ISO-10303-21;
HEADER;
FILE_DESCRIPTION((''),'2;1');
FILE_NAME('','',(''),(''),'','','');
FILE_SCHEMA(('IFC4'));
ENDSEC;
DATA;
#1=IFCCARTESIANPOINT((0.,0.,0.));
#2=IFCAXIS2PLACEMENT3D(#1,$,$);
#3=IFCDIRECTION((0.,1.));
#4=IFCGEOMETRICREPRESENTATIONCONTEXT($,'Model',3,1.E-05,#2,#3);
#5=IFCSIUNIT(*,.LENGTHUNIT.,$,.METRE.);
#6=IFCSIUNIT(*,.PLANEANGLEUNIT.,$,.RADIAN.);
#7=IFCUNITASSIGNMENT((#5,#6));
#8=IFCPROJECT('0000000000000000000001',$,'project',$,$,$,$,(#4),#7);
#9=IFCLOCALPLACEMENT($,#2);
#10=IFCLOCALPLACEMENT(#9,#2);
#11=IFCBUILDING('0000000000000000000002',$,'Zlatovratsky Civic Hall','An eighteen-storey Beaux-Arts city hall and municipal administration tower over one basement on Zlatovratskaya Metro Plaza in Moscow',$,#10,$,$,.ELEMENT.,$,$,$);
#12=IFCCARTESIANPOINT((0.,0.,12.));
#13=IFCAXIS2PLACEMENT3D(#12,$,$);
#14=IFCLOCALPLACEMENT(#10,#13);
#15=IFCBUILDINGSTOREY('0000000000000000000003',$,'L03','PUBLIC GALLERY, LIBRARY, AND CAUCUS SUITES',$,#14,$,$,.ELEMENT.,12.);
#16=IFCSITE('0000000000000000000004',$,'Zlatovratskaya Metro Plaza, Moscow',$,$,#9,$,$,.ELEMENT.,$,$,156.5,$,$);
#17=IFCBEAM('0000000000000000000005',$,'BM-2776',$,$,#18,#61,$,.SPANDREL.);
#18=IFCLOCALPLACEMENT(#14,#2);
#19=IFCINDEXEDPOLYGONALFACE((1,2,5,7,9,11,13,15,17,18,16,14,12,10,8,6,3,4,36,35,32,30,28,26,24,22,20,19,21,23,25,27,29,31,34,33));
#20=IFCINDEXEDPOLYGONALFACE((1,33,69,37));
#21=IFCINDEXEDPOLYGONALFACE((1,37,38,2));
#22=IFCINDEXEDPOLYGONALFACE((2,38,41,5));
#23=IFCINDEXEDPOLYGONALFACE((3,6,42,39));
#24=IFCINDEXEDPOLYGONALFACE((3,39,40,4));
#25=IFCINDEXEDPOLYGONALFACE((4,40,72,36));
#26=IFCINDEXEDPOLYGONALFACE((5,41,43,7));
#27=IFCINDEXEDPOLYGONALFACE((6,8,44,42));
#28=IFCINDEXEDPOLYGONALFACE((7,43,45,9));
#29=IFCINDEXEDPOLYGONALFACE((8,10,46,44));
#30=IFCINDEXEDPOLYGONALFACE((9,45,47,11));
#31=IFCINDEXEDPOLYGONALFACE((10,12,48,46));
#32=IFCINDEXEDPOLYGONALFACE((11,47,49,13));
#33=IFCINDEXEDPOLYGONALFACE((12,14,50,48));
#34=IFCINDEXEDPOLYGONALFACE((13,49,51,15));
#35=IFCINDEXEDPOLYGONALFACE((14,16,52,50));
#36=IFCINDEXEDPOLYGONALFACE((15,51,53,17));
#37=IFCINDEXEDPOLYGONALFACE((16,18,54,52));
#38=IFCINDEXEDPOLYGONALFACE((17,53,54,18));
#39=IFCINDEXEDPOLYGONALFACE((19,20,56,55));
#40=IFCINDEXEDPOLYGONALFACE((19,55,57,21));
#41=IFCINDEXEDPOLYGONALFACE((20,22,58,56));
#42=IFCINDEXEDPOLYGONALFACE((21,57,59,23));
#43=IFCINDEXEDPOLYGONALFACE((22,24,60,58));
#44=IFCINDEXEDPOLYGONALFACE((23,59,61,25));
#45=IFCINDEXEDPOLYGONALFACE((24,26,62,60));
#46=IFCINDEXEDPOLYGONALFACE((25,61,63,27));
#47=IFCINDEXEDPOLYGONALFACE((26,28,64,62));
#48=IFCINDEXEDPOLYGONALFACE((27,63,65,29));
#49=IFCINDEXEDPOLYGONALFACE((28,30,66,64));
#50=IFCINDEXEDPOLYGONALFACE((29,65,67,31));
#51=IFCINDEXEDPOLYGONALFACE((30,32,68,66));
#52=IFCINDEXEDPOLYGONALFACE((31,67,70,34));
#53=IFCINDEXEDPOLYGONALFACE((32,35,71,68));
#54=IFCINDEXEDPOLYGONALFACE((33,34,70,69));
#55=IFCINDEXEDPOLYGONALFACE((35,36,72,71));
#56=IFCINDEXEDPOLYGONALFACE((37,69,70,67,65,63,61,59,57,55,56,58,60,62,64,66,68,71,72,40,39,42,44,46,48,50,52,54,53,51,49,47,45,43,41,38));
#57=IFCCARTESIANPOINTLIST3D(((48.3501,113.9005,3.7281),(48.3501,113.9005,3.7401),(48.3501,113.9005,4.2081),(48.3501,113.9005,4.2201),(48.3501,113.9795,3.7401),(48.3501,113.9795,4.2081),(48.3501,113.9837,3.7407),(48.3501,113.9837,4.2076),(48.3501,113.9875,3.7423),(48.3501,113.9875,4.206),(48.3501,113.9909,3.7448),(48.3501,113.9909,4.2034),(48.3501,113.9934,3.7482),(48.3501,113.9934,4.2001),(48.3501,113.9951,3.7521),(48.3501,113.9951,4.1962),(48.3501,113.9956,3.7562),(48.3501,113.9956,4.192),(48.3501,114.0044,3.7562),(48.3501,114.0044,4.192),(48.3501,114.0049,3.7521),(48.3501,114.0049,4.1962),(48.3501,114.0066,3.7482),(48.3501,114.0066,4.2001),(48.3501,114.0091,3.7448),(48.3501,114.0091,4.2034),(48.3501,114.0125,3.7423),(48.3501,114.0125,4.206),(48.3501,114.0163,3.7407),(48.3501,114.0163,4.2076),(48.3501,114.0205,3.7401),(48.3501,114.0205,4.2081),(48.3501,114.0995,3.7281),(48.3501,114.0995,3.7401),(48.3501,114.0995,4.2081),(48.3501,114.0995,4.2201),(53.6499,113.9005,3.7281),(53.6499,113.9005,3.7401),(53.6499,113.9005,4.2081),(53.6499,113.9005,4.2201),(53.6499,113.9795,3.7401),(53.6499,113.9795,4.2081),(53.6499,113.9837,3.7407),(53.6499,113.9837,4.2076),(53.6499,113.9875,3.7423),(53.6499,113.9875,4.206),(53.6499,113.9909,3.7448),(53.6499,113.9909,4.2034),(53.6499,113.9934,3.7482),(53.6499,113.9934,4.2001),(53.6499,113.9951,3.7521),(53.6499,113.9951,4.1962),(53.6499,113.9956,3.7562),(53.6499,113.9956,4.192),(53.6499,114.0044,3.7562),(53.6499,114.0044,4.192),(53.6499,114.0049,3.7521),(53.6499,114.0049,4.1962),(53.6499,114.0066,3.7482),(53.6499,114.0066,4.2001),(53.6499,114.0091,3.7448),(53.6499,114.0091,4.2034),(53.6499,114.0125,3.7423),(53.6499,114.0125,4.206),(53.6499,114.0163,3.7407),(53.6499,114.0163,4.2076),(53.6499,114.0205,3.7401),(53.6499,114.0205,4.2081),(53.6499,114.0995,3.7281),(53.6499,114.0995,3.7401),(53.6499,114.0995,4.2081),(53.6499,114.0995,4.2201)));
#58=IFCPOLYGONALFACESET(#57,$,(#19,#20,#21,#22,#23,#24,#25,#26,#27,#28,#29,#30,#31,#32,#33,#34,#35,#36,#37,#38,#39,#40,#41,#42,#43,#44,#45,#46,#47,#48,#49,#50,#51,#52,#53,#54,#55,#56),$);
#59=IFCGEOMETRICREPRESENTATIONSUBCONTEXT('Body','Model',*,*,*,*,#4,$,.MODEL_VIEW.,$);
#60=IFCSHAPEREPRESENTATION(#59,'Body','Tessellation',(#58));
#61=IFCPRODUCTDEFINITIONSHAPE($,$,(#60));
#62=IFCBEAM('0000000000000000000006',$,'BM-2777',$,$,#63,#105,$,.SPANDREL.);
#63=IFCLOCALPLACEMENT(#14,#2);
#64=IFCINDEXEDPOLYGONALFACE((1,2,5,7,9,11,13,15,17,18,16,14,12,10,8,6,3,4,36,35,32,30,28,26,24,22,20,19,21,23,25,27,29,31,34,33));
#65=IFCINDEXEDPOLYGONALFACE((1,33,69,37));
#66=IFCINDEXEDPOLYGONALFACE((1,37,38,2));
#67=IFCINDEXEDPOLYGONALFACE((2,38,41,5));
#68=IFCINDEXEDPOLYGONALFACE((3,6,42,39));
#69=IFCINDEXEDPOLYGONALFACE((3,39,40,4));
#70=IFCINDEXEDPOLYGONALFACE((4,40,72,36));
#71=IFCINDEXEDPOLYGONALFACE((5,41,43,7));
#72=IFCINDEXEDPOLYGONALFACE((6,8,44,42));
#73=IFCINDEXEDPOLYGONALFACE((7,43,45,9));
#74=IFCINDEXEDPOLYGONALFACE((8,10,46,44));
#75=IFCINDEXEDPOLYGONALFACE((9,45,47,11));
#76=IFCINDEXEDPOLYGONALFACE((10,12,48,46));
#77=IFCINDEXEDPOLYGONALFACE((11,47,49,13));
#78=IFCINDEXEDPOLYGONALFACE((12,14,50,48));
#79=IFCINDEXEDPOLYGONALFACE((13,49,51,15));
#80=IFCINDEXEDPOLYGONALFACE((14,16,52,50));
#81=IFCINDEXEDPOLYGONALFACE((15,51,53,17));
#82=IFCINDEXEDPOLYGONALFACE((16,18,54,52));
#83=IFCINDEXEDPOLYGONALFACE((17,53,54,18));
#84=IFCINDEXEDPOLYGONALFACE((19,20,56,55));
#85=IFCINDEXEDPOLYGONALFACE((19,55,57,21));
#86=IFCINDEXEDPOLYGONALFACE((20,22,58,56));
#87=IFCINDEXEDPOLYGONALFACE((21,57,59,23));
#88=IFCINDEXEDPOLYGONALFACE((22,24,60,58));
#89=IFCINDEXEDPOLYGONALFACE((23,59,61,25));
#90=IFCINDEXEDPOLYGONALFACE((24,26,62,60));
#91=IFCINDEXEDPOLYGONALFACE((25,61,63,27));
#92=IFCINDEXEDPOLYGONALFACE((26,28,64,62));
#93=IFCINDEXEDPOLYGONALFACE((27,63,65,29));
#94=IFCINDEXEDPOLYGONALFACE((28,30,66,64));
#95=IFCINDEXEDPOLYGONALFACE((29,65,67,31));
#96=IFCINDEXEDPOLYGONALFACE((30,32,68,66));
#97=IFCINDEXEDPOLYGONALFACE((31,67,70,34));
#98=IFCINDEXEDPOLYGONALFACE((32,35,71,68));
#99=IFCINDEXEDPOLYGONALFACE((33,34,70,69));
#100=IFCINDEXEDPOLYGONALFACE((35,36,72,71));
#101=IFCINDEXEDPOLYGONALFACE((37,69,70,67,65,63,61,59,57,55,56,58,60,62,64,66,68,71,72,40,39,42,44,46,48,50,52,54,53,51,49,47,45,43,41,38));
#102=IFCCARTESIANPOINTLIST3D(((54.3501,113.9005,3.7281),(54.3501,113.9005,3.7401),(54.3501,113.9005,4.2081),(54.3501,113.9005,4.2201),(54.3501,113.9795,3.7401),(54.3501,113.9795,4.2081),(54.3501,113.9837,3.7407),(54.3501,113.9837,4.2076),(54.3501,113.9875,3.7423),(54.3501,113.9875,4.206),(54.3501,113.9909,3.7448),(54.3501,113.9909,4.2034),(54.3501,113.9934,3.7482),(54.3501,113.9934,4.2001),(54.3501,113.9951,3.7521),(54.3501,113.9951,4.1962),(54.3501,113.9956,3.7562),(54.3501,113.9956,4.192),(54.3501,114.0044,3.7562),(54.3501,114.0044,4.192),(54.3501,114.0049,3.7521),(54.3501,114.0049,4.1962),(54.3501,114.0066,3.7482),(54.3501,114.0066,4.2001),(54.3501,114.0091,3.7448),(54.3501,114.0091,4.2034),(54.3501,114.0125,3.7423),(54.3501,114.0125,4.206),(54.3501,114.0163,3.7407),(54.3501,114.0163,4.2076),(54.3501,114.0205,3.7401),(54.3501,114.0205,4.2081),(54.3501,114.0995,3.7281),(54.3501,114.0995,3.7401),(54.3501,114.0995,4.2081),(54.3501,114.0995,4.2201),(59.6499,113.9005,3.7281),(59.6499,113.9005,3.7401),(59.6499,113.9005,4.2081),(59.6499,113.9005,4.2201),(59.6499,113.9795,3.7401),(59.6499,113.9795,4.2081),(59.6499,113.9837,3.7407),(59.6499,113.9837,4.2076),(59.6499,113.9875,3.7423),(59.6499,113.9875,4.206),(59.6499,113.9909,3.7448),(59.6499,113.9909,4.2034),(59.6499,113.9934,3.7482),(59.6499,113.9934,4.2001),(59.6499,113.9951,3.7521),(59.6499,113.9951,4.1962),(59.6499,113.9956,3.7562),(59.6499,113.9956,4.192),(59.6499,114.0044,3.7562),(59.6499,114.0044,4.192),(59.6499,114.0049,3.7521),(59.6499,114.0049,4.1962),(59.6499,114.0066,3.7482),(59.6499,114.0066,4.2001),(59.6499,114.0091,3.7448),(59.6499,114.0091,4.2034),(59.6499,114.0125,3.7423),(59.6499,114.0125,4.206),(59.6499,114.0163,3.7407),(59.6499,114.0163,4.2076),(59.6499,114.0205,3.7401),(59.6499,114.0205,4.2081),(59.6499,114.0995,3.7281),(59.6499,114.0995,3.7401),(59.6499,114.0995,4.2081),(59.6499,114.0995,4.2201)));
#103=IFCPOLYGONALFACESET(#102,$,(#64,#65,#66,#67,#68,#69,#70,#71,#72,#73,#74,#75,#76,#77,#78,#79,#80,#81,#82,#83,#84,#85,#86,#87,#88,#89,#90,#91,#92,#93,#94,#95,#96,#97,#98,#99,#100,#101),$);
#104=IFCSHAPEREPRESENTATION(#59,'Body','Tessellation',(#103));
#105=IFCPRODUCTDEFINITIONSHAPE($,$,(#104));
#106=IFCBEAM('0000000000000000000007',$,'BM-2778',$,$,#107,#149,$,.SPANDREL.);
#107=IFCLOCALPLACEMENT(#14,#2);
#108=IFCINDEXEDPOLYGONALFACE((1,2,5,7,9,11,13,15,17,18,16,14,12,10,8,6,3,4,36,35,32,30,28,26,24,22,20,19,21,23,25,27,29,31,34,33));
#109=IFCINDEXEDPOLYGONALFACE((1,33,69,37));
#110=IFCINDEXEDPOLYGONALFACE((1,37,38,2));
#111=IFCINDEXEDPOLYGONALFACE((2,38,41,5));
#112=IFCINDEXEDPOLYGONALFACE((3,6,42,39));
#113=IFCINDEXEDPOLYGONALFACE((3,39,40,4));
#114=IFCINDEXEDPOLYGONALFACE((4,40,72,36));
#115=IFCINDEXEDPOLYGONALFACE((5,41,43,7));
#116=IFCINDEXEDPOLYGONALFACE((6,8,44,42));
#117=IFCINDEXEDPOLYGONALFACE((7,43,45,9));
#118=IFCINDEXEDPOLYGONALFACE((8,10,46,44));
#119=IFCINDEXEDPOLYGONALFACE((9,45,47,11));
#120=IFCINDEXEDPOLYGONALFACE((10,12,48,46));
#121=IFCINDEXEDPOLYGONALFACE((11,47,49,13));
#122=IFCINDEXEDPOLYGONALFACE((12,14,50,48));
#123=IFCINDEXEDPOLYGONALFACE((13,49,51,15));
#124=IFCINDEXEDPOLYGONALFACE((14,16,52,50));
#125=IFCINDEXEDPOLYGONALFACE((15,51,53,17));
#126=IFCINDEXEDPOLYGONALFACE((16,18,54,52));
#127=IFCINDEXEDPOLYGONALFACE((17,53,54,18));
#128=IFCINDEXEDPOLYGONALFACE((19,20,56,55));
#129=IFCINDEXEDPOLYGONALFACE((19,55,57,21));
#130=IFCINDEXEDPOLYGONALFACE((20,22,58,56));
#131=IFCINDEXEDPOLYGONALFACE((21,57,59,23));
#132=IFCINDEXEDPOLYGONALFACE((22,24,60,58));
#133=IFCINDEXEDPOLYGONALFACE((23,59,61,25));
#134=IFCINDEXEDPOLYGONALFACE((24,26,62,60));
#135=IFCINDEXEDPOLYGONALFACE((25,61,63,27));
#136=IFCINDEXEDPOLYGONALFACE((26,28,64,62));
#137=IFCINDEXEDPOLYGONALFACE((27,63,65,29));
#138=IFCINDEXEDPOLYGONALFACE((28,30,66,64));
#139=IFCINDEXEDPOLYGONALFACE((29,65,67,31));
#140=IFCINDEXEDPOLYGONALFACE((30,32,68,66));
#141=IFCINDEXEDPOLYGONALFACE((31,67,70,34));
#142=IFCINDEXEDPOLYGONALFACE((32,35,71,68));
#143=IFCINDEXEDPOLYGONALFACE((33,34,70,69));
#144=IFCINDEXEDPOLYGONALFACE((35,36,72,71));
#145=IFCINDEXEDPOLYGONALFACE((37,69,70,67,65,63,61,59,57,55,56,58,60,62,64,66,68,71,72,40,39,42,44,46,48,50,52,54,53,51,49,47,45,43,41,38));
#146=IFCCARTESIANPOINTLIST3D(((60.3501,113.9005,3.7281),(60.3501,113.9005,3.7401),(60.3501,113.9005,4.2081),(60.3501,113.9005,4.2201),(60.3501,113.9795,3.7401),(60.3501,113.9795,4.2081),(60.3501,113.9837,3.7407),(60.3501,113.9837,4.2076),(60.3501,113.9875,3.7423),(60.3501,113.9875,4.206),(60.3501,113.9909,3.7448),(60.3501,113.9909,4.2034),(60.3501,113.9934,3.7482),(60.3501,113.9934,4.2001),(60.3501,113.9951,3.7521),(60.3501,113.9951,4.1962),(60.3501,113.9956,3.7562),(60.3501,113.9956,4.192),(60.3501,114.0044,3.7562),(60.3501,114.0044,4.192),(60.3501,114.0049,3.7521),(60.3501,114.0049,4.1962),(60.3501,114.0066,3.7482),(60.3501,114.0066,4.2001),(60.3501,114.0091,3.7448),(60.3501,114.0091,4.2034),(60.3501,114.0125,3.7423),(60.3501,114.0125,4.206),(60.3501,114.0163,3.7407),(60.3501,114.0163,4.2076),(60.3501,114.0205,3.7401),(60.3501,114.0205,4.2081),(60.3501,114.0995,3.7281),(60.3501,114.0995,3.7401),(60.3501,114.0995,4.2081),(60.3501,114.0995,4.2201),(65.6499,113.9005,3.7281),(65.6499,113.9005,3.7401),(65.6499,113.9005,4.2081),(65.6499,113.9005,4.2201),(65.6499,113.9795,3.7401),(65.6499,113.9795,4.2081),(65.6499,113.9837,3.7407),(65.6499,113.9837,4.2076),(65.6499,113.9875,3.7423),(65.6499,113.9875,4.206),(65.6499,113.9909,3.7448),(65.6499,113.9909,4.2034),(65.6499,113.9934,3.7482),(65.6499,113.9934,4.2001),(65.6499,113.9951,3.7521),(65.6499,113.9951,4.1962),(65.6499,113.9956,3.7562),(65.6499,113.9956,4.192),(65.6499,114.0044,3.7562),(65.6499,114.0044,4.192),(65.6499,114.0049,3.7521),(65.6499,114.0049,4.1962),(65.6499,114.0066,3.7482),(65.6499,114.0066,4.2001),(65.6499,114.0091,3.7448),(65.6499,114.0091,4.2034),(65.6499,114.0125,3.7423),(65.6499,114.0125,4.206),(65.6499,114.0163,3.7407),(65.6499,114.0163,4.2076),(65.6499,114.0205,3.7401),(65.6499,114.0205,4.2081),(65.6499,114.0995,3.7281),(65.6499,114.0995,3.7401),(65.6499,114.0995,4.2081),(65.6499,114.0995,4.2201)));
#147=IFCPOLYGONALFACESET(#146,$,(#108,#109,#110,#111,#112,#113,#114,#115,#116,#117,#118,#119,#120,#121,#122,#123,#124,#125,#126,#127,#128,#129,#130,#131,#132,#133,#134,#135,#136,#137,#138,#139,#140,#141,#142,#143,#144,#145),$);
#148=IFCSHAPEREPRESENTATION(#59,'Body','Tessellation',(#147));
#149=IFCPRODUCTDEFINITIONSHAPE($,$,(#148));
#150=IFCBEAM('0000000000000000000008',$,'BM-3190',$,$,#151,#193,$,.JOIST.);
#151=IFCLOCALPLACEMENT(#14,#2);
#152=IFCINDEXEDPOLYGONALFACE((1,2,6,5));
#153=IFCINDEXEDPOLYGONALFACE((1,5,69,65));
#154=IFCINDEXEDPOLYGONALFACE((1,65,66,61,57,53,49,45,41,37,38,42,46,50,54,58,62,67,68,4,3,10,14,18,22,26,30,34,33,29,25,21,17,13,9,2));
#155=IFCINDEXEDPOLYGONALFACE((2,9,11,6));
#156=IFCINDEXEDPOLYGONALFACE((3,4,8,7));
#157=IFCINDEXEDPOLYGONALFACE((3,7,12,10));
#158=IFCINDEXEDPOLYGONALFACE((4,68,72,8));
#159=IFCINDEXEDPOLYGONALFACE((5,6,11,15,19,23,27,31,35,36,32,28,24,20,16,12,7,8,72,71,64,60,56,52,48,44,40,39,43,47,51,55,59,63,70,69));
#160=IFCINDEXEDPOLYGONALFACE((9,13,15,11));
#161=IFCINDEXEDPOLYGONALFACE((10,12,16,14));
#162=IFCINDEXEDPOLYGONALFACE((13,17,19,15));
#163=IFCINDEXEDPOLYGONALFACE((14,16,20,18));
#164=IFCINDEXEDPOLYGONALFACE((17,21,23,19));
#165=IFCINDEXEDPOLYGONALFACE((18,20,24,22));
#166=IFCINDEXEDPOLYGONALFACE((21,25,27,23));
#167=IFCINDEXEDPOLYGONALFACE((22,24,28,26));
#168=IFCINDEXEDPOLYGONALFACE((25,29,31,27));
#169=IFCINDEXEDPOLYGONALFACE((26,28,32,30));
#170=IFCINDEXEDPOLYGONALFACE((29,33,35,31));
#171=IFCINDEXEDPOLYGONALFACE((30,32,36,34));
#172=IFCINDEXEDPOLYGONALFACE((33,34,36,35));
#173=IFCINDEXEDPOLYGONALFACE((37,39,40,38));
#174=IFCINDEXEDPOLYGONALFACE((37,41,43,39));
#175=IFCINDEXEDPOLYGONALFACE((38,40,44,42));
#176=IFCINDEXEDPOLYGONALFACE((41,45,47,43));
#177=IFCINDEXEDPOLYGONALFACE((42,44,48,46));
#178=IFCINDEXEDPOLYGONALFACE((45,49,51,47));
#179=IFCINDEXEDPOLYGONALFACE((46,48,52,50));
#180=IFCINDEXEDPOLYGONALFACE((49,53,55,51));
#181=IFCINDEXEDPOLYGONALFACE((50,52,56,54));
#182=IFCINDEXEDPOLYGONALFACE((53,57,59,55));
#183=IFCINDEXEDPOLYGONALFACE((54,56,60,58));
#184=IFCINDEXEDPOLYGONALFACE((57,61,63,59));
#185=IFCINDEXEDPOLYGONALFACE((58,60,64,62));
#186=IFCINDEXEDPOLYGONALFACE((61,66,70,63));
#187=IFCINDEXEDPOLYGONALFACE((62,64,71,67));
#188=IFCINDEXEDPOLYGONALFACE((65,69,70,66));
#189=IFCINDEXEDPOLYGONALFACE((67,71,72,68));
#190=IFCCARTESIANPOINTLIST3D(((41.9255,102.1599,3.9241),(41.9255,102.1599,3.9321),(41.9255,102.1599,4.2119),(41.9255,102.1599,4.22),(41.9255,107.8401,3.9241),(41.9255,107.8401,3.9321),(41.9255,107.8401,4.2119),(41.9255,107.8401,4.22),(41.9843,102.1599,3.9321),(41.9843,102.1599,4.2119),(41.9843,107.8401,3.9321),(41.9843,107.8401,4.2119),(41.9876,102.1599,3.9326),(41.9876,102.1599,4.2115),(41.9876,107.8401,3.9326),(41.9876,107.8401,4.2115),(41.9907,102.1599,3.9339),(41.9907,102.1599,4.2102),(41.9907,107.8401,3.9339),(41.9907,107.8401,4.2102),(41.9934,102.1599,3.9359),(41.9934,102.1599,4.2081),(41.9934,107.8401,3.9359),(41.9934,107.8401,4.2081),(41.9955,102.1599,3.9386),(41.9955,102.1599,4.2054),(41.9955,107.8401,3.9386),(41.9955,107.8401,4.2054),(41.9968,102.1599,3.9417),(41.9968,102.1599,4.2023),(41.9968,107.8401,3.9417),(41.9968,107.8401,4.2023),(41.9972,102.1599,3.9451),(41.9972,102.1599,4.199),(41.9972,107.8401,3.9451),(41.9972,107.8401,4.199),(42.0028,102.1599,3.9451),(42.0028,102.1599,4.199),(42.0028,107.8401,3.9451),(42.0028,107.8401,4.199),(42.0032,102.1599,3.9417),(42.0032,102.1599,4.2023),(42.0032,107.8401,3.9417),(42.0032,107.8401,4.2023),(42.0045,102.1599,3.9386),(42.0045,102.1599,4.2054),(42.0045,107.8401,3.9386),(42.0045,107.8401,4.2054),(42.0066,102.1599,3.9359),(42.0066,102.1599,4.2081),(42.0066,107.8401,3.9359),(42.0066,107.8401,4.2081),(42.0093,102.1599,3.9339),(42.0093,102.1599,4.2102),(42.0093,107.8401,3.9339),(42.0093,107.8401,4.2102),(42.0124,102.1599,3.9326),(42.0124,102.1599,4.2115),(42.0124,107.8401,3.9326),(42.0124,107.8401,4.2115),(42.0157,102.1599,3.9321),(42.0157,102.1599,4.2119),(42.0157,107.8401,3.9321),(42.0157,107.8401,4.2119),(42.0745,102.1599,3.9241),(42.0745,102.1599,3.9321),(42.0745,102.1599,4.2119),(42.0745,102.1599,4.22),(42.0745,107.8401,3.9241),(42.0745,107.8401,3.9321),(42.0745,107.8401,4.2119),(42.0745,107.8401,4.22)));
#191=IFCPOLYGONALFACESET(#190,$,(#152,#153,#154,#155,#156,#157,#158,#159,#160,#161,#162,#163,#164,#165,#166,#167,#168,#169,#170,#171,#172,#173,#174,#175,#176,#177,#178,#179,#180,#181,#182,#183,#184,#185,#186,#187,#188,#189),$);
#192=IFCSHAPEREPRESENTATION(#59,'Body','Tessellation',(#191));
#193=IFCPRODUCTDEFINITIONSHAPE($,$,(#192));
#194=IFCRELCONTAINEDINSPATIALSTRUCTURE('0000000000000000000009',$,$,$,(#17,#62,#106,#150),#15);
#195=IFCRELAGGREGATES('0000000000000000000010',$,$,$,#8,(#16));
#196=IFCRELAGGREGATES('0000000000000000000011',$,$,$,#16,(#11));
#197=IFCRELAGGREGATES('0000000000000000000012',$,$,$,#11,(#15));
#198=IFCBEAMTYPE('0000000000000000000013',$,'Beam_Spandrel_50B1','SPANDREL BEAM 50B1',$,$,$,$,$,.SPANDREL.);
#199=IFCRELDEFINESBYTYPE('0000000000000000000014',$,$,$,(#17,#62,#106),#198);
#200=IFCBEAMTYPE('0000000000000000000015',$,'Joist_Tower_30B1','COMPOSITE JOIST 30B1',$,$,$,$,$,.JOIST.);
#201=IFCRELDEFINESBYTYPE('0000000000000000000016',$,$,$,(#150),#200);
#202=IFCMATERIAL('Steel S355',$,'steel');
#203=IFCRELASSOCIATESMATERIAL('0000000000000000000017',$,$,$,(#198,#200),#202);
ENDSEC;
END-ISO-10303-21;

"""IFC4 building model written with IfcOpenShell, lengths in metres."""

from ifc_helpers import new_model, si_unit, direction, frame, origin, origin_2d, place, context, subcontext, project, spatial, i_section, extrude, material, material_profile, profile_set, type_object, element, save


model = new_model("IFC4")

# Units and contexts
model_context = context("Model", 3, precision=1e-05, world=origin(), true_north=direction((0.0, 1.0)))
body_context = subcontext(model_context, "Body", "Model", "MODEL_VIEW")
ifc_project = project(units=[si_unit("LENGTHUNIT", "METRE"), si_unit("PLANEANGLEUNIT", "RADIAN")], contexts=[model_context])

# Site, building, storey
site_placement = place(None, origin())
site = spatial("IfcSite", under=ifc_project, at=site_placement, Name="Zlatovratskaya Metro Plaza, Moscow", CompositionType="ELEMENT", RefElevation=156.5)
building_placement = place(site_placement, origin())
building = spatial("IfcBuilding", under=site, at=building_placement, Name="Zlatovratsky Civic Hall", Description="An eighteen-storey Beaux-Arts city hall and municipal administration tower over one basement on Zlatovratskaya Metro Plaza in Moscow", CompositionType="ELEMENT")
storey_placement = place(building_placement, frame((0.0, 0.0, 12.0)))
storey = spatial("IfcBuildingStorey", under=building, at=storey_placement, Name="L03", Description="PUBLIC GALLERY, LIBRARY, AND CAUCUS SUITES", CompositionType="ELEMENT", Elevation=12.0)

# Shared definitions
ifc_material_1 = material(Name="Steel S355", Category="steel")

# Beams
ifc_material_profile_1 = material_profile(ifc_material_1, i_section(OverallWidth=0.199, OverallDepth=0.4919, WebThickness=0.0088, FlangeThickness=0.012, FilletRadius=0.0161, at=origin_2d()), Name="50B1")
ifc_profile_set_1 = profile_set([ifc_material_profile_1], Name="Steel S355")
beam_type_1 = type_object("IfcBeamType", Name="Beam_Spandrel_50B1", Description="SPANDREL BEAM 50B1", PredefinedType="SPANDREL", material=ifc_profile_set_1)
for number, where, z_axis, x_axis, name in (
    (1, (48.3501, 114.0, 3.9741), (1.0, 0.0, 0.0), (0.0, 1.0, 0.0), "BM-2776"),
    (2, (54.3501, 114.0, 3.9741), (1.0, 0.0, 0.0), (0.0, 1.0, 0.0), "BM-2777"),
    (3, (60.3501, 114.0, 3.9741), (1.0, 0.0, 0.0), (0.0, 1.0, 0.0), "BM-2778"),
):
    element("IfcBeam", number, at=place(storey_placement, frame(where, z_axis=z_axis, x_axis=x_axis)), inside=storey, type_object=beam_type_1, Name=name, PredefinedType="SPANDREL", context=body_context, shape_type="SweptSolid", body=[
        extrude(i_section(OverallWidth=0.199, OverallDepth=0.4919, WebThickness=0.0088, FlangeThickness=0.012, FilletRadius=0.0161, at=origin_2d()), origin(), (0.0, 0.0, 1.0), 5.2998),
    ])
ifc_material_profile_2 = material_profile(ifc_material_1, i_section(OverallWidth=0.1489, OverallDepth=0.2959, WebThickness=0.0056, FlangeThickness=0.0081, FilletRadius=0.0129, at=origin_2d()), Name="30B1")
ifc_profile_set_2 = profile_set([ifc_material_profile_2], Name="Steel S355")
beam_type_2 = type_object("IfcBeamType", Name="Joist_Tower_30B1", Description="COMPOSITE JOIST 30B1", PredefinedType="JOIST", material=ifc_profile_set_2)
beam_1_placement = place(storey_placement, frame((42.0, 102.1599, 4.072), z_axis=(0.0, 1.0, 0.0), x_axis=(-1.0, 0.0, 0.0)))
element("IfcBeam", 4, at=beam_1_placement, inside=storey, type_object=beam_type_2, Name="BM-3190", PredefinedType="JOIST", context=body_context, shape_type="SweptSolid", body=[
    extrude(i_section(OverallWidth=0.1489, OverallDepth=0.2959, WebThickness=0.0056, FlangeThickness=0.0081, FilletRadius=0.0129, at=origin_2d()), origin(), (0.0, 0.0, 1.0), 5.6802),
])

save(model, "model.ifc")
